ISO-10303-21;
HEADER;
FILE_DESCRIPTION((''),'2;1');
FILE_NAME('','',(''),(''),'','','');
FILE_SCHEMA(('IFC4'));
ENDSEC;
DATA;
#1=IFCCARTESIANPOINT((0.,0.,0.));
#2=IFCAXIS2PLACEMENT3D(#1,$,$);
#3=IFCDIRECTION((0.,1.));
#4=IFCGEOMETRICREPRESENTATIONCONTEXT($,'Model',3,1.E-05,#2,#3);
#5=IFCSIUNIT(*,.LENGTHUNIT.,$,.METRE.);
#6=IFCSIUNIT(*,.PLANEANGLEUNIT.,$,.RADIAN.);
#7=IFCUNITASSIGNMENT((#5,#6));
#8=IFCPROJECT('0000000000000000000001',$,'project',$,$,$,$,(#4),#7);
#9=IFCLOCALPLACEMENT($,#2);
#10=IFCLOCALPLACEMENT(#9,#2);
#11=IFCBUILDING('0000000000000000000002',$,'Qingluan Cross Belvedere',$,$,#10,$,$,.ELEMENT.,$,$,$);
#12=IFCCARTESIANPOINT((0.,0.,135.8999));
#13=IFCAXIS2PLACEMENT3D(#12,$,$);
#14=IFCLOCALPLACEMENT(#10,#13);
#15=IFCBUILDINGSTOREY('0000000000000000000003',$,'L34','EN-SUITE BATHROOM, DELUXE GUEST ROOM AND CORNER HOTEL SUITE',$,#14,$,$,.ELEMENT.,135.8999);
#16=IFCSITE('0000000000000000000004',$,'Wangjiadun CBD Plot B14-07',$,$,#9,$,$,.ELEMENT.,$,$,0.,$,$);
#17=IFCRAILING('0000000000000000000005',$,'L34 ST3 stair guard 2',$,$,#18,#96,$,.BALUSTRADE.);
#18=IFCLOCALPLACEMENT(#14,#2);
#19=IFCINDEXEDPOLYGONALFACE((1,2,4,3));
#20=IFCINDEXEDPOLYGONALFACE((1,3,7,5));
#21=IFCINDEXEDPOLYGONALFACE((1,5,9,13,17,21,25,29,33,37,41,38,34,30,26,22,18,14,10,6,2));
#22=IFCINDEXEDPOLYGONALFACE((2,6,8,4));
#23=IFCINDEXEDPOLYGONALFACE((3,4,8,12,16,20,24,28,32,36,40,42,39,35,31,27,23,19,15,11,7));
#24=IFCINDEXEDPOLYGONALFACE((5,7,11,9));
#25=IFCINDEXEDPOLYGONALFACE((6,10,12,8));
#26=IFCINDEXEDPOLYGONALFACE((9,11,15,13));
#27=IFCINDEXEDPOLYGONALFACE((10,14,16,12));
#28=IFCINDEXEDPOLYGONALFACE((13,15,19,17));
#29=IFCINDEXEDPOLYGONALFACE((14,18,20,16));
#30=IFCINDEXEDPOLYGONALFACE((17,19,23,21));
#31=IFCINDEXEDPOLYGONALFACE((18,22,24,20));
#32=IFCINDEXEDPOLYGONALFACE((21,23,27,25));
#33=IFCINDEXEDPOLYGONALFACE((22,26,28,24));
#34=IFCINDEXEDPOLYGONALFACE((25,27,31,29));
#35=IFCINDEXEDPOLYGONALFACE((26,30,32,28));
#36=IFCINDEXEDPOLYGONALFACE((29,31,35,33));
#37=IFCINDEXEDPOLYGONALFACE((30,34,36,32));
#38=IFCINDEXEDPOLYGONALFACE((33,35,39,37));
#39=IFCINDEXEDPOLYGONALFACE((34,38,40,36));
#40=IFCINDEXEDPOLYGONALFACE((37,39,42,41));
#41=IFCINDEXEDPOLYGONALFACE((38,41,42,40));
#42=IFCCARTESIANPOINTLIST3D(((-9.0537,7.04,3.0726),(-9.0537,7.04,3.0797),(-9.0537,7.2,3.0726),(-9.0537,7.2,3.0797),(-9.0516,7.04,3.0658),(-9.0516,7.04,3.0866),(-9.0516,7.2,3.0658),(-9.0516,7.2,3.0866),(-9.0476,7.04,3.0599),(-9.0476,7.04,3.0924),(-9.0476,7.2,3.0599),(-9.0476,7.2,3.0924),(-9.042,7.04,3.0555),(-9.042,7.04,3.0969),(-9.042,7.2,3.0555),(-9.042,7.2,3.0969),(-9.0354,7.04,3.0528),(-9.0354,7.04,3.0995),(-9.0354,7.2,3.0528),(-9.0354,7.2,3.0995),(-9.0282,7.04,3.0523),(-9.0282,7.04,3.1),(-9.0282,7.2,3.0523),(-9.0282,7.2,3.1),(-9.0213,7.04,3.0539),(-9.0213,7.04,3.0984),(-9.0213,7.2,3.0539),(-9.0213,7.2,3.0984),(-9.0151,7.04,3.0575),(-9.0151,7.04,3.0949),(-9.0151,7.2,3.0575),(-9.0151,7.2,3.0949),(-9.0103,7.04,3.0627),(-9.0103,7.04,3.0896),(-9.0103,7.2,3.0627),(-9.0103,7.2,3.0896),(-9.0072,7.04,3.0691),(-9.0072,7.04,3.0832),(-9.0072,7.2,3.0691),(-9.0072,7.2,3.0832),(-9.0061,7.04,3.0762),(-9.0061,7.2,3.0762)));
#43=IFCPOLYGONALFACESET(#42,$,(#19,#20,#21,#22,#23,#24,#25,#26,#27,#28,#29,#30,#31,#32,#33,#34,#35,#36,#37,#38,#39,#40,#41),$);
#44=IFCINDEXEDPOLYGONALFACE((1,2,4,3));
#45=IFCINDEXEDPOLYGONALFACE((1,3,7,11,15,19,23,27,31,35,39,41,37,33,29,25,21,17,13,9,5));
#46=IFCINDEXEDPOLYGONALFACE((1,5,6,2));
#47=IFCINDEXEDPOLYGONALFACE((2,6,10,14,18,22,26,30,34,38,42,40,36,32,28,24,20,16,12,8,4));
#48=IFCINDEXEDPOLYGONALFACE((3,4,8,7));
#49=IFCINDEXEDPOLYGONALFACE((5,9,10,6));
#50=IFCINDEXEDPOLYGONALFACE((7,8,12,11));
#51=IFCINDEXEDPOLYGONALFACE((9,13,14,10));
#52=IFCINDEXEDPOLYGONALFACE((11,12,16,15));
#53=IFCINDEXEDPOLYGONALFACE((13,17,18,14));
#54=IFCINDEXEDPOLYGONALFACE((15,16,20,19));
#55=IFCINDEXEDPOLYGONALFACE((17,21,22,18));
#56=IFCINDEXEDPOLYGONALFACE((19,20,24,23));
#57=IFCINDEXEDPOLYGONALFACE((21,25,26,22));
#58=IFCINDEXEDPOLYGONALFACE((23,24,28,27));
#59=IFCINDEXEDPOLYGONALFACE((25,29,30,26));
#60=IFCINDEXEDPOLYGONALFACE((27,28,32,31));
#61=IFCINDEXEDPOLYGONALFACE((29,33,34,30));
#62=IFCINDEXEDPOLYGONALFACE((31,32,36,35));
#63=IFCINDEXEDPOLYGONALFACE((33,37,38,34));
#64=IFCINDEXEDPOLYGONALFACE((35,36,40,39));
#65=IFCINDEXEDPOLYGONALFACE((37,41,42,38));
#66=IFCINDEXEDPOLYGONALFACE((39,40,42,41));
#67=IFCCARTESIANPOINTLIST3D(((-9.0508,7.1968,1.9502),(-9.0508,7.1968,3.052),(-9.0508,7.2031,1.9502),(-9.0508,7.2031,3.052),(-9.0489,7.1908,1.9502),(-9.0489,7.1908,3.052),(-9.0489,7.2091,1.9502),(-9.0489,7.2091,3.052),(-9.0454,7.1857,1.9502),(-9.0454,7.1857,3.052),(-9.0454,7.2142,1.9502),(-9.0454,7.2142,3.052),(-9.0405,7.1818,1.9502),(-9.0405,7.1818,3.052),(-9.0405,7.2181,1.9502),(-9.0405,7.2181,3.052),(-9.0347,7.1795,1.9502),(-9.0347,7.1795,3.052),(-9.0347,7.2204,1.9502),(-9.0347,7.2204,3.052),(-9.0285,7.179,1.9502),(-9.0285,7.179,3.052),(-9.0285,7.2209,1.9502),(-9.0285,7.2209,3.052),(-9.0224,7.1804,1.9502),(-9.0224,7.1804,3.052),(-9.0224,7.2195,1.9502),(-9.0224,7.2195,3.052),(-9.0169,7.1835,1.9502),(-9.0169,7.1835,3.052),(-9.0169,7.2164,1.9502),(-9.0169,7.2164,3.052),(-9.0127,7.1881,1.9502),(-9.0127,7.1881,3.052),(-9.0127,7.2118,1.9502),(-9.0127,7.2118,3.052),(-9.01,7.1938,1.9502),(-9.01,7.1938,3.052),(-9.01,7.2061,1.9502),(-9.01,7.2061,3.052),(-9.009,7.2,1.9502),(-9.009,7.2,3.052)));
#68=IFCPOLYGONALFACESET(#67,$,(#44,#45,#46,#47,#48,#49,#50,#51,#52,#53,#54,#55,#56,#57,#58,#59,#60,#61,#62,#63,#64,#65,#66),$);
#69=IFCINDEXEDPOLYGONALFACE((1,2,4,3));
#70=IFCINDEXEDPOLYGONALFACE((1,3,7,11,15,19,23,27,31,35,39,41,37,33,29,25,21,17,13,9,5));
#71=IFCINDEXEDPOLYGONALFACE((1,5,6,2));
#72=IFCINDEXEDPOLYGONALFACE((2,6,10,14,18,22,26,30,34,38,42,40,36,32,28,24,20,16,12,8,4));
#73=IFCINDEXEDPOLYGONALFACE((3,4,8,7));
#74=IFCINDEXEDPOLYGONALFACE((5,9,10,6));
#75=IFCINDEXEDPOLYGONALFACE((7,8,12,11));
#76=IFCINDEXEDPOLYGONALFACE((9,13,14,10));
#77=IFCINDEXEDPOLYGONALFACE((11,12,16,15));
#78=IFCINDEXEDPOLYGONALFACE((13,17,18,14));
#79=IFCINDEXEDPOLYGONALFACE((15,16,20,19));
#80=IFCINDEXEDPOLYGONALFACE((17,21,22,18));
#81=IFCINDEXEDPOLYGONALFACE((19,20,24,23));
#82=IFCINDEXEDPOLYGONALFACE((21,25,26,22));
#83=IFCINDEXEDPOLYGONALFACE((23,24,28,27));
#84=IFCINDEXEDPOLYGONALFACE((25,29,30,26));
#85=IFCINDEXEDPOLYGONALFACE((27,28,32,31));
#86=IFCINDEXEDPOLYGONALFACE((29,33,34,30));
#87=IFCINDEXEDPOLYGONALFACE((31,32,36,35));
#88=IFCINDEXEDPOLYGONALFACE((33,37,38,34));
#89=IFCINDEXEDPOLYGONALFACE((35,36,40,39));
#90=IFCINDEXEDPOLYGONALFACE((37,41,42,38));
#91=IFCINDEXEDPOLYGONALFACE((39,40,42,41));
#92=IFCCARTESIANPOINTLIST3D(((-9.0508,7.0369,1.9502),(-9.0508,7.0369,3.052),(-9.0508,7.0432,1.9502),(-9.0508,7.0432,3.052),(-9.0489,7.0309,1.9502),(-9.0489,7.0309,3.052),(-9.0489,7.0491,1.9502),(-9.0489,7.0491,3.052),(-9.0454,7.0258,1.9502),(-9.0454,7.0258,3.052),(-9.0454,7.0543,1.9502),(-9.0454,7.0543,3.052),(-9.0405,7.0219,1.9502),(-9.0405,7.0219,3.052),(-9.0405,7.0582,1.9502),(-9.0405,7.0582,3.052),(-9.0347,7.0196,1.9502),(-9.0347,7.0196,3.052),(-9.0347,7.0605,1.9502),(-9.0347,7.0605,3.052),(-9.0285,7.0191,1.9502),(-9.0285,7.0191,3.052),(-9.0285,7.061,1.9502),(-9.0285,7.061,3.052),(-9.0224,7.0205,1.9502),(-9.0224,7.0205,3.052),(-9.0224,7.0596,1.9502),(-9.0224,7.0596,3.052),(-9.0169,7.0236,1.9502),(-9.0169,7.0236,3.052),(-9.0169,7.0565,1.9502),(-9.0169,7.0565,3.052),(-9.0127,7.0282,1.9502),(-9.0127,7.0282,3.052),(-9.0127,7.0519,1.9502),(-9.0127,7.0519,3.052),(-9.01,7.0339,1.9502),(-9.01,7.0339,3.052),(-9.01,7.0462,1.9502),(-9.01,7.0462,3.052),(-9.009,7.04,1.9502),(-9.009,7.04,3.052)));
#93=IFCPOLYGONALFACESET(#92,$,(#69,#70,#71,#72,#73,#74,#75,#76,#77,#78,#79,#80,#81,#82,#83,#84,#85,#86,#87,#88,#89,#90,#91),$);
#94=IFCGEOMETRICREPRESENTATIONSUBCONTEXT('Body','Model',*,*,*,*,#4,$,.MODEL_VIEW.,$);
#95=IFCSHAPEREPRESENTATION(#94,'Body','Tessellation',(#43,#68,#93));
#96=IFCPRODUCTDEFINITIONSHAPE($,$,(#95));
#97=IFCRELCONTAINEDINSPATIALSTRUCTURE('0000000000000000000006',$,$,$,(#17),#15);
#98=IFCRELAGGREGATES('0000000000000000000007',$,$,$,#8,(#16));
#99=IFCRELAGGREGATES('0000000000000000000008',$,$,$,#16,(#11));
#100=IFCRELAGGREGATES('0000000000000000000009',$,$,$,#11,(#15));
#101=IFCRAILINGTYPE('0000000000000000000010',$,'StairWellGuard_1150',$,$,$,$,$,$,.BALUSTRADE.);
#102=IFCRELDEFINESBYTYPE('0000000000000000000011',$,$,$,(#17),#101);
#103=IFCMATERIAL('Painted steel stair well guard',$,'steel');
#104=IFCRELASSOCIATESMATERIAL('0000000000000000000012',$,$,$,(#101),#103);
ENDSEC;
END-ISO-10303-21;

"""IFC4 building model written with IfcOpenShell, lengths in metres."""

from ifc_helpers import new_model, si_unit, direction, frame, origin, origin_2d, place, context, subcontext, project, spatial, circle, extrude, material, type_object, element, save


model = new_model("IFC4")

# Units and contexts
model_context = context("Model", 3, precision=1e-05, world=origin(), true_north=direction((0.0, 1.0)))
body_context = subcontext(model_context, "Body", "Model", "MODEL_VIEW")
ifc_project = project(units=[si_unit("LENGTHUNIT", "METRE"), si_unit("PLANEANGLEUNIT", "RADIAN")], contexts=[model_context])

# Site, building, storey
site_placement = place(None, origin())
site = spatial("IfcSite", under=ifc_project, at=site_placement, Name="Wangjiadun CBD Plot B14-07", CompositionType="ELEMENT", RefElevation=0.0)
building_placement = place(site_placement, origin())
building = spatial("IfcBuilding", under=site, at=building_placement, Name="Qingluan Cross Belvedere", CompositionType="ELEMENT")
storey_placement = place(building_placement, frame((0.0, 0.0, 135.8999)))
storey = spatial("IfcBuildingStorey", under=building, at=storey_placement, Name="L34", Description="EN-SUITE BATHROOM, DELUXE GUEST ROOM AND CORNER HOTEL SUITE", CompositionType="ELEMENT", Elevation=135.8999)

# Railing
ifc_material_1 = material(Name="Painted steel stair well guard", Category="steel")
railing_type_1 = type_object("IfcRailingType", Name="StairWellGuard_1150", PredefinedType="BALUSTRADE", material=ifc_material_1)
railing_1_placement = place(storey_placement, frame((-9.03, 7.2, 1.9502)))
element("IfcRailing", 1, at=railing_1_placement, inside=storey, type_object=railing_type_1, Name="L34 ST3 stair guard 2", PredefinedType="BALUSTRADE", context=body_context, shape_type="SweptSolid", body=[
    extrude(circle(Radius=0.0239, at=origin_2d()), frame((0.0, 0.0, 1.126), z_axis=(0.0, -1.0, 0.0), x_axis=(1.0, 0.0, 0.0)), (0.0, 0.0, 1.0), 0.1599),
    extrude(circle(Radius=0.021, at=origin_2d()), origin(), (0.0, 0.0, 1.0), 1.1018),
    extrude(circle(Radius=0.021, at=origin_2d()), frame((0.0, -0.1599, 0.0)), (0.0, 0.0, 1.0), 1.1018),
])

save(model, "model.ifc")
